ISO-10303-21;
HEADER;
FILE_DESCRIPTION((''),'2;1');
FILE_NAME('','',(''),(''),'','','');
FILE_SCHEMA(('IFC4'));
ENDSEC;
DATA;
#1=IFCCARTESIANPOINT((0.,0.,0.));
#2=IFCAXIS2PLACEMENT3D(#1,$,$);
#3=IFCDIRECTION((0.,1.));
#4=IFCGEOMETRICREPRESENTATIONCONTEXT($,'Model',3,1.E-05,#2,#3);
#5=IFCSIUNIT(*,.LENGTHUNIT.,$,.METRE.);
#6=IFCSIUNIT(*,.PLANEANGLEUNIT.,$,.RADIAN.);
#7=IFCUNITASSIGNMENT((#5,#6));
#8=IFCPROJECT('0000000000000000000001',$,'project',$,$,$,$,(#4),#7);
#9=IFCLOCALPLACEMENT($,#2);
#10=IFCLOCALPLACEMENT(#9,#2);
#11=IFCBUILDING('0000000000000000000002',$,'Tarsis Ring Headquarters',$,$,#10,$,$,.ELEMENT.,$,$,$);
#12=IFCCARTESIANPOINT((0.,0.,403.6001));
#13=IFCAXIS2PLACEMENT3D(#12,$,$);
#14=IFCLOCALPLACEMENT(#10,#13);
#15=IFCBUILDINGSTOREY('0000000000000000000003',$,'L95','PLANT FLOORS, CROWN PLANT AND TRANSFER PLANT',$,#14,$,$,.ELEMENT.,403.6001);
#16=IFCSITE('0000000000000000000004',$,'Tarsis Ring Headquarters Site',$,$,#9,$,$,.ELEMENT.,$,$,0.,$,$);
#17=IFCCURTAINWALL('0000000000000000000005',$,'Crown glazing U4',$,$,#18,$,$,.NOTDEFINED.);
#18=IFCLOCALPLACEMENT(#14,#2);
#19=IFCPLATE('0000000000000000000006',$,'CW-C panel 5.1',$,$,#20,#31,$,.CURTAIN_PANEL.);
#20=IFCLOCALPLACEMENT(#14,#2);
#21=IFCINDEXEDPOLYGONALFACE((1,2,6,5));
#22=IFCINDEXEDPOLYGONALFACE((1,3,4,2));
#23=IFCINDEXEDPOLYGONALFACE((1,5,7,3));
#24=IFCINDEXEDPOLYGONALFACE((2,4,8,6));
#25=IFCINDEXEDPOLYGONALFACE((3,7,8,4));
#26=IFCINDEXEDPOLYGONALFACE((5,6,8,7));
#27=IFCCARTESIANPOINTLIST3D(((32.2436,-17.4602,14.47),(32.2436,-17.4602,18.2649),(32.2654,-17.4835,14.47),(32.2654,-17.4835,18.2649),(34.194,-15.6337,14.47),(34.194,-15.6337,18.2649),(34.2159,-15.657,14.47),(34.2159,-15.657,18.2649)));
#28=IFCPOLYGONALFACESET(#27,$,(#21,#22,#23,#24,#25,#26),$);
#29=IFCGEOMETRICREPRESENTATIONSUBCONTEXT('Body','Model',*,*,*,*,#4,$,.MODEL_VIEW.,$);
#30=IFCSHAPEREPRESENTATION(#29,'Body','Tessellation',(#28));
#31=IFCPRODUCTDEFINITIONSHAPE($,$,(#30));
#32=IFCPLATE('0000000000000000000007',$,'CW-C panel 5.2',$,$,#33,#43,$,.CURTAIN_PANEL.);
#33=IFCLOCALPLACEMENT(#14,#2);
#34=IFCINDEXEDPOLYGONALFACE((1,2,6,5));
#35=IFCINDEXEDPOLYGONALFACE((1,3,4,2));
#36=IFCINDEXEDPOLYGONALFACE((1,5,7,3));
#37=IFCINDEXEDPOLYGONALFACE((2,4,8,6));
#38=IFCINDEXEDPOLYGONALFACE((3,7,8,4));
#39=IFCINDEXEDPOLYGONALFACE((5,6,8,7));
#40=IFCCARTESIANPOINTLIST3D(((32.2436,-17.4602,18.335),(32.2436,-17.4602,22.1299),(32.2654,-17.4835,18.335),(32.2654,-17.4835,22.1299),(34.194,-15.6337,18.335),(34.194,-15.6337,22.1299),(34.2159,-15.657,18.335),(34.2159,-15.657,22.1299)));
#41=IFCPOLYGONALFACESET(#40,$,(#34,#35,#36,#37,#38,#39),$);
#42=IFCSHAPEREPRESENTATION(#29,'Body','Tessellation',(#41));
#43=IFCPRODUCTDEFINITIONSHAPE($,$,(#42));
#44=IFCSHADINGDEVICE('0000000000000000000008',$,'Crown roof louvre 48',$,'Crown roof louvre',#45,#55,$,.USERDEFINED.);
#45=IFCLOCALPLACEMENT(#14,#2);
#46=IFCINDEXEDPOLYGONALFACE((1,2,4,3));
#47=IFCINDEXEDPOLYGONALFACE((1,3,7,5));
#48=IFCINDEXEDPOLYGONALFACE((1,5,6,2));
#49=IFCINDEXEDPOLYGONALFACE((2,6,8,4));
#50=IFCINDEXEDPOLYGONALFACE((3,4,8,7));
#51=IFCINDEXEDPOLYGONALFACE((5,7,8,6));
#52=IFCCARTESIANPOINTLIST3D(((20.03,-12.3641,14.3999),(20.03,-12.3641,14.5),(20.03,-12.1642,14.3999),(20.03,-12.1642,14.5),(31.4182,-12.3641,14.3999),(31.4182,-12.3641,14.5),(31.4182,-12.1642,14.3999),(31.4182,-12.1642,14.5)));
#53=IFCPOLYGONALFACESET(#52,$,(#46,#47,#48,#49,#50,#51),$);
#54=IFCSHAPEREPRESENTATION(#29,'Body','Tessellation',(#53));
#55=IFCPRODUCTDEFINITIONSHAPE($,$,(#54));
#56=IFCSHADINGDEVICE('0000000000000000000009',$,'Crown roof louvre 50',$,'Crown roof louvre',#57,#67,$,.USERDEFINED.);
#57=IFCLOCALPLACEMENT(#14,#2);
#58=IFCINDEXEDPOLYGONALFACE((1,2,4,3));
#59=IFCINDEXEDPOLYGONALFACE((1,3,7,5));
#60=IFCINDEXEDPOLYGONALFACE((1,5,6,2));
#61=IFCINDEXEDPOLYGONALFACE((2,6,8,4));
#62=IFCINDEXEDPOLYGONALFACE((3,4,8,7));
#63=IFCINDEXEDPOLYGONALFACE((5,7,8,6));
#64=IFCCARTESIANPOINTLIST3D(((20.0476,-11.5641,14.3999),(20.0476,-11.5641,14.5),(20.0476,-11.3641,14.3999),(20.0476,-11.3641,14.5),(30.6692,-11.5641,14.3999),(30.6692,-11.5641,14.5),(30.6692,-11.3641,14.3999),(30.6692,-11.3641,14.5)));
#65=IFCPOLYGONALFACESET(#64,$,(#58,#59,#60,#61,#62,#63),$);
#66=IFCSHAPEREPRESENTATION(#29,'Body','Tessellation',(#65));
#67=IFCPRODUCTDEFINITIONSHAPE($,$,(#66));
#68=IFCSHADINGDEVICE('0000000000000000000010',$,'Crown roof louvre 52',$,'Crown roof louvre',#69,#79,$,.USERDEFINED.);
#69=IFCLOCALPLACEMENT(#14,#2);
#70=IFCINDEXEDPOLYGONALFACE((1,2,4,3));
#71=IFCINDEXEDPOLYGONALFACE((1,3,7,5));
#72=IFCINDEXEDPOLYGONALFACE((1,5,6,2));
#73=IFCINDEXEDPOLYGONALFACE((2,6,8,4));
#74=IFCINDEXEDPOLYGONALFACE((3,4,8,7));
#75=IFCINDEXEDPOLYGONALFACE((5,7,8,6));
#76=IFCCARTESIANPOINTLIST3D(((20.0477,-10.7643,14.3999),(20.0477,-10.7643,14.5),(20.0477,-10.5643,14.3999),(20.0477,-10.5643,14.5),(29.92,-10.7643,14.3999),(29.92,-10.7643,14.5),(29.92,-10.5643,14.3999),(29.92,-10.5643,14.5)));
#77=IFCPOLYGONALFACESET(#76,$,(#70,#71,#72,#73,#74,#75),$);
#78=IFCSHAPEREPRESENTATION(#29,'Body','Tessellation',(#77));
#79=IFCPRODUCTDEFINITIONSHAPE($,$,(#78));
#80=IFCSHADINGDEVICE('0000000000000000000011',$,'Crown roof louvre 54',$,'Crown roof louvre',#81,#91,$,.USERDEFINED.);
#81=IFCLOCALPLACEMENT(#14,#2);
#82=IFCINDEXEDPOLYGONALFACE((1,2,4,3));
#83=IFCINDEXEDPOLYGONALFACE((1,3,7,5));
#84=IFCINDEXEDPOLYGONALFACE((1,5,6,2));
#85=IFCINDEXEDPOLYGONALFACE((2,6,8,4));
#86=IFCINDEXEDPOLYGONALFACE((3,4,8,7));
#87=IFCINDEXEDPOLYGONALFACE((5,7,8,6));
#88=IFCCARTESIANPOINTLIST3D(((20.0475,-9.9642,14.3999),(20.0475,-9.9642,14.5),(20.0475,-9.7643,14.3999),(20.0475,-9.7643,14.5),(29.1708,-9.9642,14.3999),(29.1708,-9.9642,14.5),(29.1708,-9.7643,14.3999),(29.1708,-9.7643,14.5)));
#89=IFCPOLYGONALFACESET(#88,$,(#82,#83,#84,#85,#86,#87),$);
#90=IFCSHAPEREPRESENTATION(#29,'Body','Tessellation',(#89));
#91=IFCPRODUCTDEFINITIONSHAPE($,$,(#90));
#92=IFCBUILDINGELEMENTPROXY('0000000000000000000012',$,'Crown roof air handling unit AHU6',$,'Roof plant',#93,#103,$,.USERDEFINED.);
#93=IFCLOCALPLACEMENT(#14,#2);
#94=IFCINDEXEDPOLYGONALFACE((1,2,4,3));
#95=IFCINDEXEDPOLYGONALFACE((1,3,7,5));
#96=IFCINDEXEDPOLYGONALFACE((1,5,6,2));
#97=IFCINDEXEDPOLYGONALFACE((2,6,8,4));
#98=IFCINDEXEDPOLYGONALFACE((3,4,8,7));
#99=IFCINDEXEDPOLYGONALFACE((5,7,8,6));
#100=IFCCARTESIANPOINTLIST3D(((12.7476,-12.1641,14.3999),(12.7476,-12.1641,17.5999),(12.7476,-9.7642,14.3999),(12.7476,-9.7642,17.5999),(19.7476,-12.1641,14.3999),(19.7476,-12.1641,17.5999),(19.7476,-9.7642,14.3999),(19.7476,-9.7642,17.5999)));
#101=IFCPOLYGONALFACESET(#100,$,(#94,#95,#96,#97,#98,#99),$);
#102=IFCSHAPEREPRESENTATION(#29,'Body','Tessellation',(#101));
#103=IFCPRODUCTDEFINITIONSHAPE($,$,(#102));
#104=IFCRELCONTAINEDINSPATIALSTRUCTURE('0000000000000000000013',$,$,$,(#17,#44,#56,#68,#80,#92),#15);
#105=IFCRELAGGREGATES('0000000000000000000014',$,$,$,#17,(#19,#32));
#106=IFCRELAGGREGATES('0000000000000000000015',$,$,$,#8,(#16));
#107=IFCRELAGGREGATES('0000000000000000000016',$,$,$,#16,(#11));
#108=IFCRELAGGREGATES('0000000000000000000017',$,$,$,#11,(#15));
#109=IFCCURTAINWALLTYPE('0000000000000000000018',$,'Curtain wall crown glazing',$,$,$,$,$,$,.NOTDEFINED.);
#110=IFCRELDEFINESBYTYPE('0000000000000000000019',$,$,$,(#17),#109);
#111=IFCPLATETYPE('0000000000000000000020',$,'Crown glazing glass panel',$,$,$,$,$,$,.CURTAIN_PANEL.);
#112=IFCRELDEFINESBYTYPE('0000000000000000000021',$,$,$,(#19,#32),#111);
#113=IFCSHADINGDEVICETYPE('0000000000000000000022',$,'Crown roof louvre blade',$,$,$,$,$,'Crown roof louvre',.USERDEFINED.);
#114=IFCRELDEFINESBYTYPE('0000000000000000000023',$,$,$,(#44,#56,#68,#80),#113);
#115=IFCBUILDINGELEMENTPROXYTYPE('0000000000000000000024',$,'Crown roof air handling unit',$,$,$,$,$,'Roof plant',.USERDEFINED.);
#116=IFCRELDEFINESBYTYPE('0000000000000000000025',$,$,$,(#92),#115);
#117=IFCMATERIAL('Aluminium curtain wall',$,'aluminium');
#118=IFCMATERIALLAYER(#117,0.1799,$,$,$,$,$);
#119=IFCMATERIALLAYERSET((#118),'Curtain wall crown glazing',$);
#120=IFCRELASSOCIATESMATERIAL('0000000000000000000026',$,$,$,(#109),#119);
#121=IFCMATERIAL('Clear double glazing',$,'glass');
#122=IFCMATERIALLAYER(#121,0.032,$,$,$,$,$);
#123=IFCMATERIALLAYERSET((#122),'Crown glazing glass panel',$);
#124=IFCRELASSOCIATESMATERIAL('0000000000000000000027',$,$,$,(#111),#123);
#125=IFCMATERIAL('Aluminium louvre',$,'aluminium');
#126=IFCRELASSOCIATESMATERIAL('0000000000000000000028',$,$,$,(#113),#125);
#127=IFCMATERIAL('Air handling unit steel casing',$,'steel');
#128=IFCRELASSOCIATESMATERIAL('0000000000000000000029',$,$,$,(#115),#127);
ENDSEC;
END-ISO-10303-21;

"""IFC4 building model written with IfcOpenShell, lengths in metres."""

from ifc_helpers import new_model, si_unit, direction, frame, origin, origin_2d, place, context, subcontext, project, spatial, rectangle, extrude, material, layer, layer_set, type_object, element, aggregate, save


model = new_model("IFC4")

# Units and contexts
model_context = context("Model", 3, precision=1e-05, world=origin(), true_north=direction((0.0, 1.0)))
body_context = subcontext(model_context, "Body", "Model", "MODEL_VIEW")
ifc_project = project(units=[si_unit("LENGTHUNIT", "METRE"), si_unit("PLANEANGLEUNIT", "RADIAN")], contexts=[model_context])

# Site, building, storey
site_placement = place(None, origin())
site = spatial("IfcSite", under=ifc_project, at=site_placement, Name="Tarsis Ring Headquarters Site", CompositionType="ELEMENT", RefElevation=0.0)
building_placement = place(site_placement, origin())
building = spatial("IfcBuilding", under=site, at=building_placement, Name="Tarsis Ring Headquarters", CompositionType="ELEMENT")
storey_placement = place(building_placement, frame((0.0, 0.0, 403.6001)))
storey = spatial("IfcBuildingStorey", under=building, at=storey_placement, Name="L95", Description="PLANT FLOORS, CROWN PLANT AND TRANSFER PLANT", CompositionType="ELEMENT", Elevation=403.6001)

# Curtain wall
ifc_material_1 = material(Name="Aluminium curtain wall", Category="aluminium")
ifc_layer_1 = layer(ifc_material_1, 0.1799)
ifc_layer_set_1 = layer_set([ifc_layer_1], Name="Curtain wall crown glazing")
curtain_wall_type = type_object("IfcCurtainWallType", Name="Curtain wall crown glazing", PredefinedType="NOTDEFINED", material=ifc_layer_set_1)
curtain_wall_1_placement = place(storey_placement, origin())
curtain_wall_1 = element("IfcCurtainWall", 1, at=curtain_wall_1_placement, inside=storey, type_object=curtain_wall_type, Name="Crown glazing U4", PredefinedType="NOTDEFINED")

# Plates
ifc_material_2 = material(Name="Clear double glazing", Category="glass")
ifc_layer_2 = layer(ifc_material_2, 0.032)
ifc_layer_set_2 = layer_set([ifc_layer_2], Name="Crown glazing glass panel")
plate_type = type_object("IfcPlateType", Name="Crown glazing glass panel", PredefinedType="CURTAIN_PANEL", material=ifc_layer_set_2)
plate_1_placement = place(storey_placement, frame((33.2297, -16.5586, 14.47), z_axis=(0.0, 0.0, 1.0), x_axis=(0.729924, 0.683529, 0.0)))
plate_1 = element("IfcPlate", 2, at=plate_1_placement, type_object=plate_type, Name="CW-C panel 5.1", PredefinedType="CURTAIN_PANEL", context=body_context, shape_type="SweptSolid", body=[
    extrude(rectangle(XDim=2.6721, YDim=0.032, at=origin_2d()), origin(), (0.0, 0.0, 1.0), 3.7949),
])
plate_2_placement = place(storey_placement, frame((33.2297, -16.5586, 18.335), z_axis=(0.0, 0.0, 1.0), x_axis=(0.729924, 0.683529, 0.0)))
plate_2 = element("IfcPlate", 3, at=plate_2_placement, type_object=plate_type, Name="CW-C panel 5.2", PredefinedType="CURTAIN_PANEL", context=body_context, shape_type="SweptSolid", body=[
    extrude(rectangle(XDim=2.6721, YDim=0.032, at=origin_2d()), origin(), (0.0, 0.0, 1.0), 3.7949),
])
aggregate(curtain_wall_1, [plate_1, plate_2])

# Shading devices
ifc_material_3 = material(Name="Aluminium louvre", Category="aluminium")
shading_device_type = type_object("IfcShadingDeviceType", Name="Crown roof louvre blade", ElementType="Crown roof louvre", PredefinedType="USERDEFINED", material=ifc_material_3)
shading_device_1_placement = place(storey_placement, frame((25.7241, -12.2642, 14.3999), z_axis=(0.0, 0.0, 1.0), x_axis=(1.0, 0.0, 0.0)))
element("IfcShadingDevice", 4, at=shading_device_1_placement, inside=storey, type_object=shading_device_type, Name="Crown roof louvre 48", ObjectType="Crown roof louvre", PredefinedType="USERDEFINED", context=body_context, shape_type="SweptSolid", body=[
    extrude(rectangle(XDim=11.3882, YDim=0.2, at=origin_2d()), origin(), (0.0, 0.0, 1.0), 0.1001),
])
shading_device_2_placement = place(storey_placement, frame((25.3584, -11.4641, 14.3999), z_axis=(0.0, 0.0, 1.0), x_axis=(1.0, 0.0, 0.0)))
element("IfcShadingDevice", 5, at=shading_device_2_placement, inside=storey, type_object=shading_device_type, Name="Crown roof louvre 50", ObjectType="Crown roof louvre", PredefinedType="USERDEFINED", context=body_context, shape_type="SweptSolid", body=[
    extrude(rectangle(XDim=10.6216, YDim=0.2, at=origin_2d()), origin(), (0.0, 0.0, 1.0), 0.1001),
])
shading_device_3_placement = place(storey_placement, frame((24.9839, -10.6643, 14.3999), z_axis=(0.0, 0.0, 1.0), x_axis=(1.0, 0.0, 0.0)))
element("IfcShadingDevice", 6, at=shading_device_3_placement, inside=storey, type_object=shading_device_type, Name="Crown roof louvre 52", ObjectType="Crown roof louvre", PredefinedType="USERDEFINED", context=body_context, shape_type="SweptSolid", body=[
    extrude(rectangle(XDim=9.8723, YDim=0.2, at=origin_2d()), origin(), (0.0, 0.0, 1.0), 0.1001),
])
shading_device_4_placement = place(storey_placement, frame((24.6091, -9.8643, 14.3999), z_axis=(0.0, 0.0, 1.0), x_axis=(1.0, 0.0, 0.0)))
element("IfcShadingDevice", 7, at=shading_device_4_placement, inside=storey, type_object=shading_device_type, Name="Crown roof louvre 54", ObjectType="Crown roof louvre", PredefinedType="USERDEFINED", context=body_context, shape_type="SweptSolid", body=[
    extrude(rectangle(XDim=9.1233, YDim=0.2, at=origin_2d()), origin(), (0.0, 0.0, 1.0), 0.1001),
])

# Building element proxy
ifc_material_4 = material(Name="Air handling unit steel casing", Category="steel")
building_element_proxy_type = type_object("IfcBuildingElementProxyType", Name="Crown roof air handling unit", ElementType="Roof plant", PredefinedType="USERDEFINED", material=ifc_material_4)
proxy_placement = place(storey_placement, frame((16.2476, -10.9641, 14.3999), z_axis=(0.0, 0.0, 1.0), x_axis=(1.0, 0.0, 0.0)))
element("IfcBuildingElementProxy", 8, at=proxy_placement, inside=storey, type_object=building_element_proxy_type, Name="Crown roof air handling unit AHU6", ObjectType="Roof plant", PredefinedType="USERDEFINED", context=body_context, shape_type="SweptSolid", body=[
    extrude(rectangle(XDim=7.0, YDim=2.3999, at=origin_2d()), origin(), (0.0, 0.0, 1.0), 3.2),
])

save(model, "model.ifc")
